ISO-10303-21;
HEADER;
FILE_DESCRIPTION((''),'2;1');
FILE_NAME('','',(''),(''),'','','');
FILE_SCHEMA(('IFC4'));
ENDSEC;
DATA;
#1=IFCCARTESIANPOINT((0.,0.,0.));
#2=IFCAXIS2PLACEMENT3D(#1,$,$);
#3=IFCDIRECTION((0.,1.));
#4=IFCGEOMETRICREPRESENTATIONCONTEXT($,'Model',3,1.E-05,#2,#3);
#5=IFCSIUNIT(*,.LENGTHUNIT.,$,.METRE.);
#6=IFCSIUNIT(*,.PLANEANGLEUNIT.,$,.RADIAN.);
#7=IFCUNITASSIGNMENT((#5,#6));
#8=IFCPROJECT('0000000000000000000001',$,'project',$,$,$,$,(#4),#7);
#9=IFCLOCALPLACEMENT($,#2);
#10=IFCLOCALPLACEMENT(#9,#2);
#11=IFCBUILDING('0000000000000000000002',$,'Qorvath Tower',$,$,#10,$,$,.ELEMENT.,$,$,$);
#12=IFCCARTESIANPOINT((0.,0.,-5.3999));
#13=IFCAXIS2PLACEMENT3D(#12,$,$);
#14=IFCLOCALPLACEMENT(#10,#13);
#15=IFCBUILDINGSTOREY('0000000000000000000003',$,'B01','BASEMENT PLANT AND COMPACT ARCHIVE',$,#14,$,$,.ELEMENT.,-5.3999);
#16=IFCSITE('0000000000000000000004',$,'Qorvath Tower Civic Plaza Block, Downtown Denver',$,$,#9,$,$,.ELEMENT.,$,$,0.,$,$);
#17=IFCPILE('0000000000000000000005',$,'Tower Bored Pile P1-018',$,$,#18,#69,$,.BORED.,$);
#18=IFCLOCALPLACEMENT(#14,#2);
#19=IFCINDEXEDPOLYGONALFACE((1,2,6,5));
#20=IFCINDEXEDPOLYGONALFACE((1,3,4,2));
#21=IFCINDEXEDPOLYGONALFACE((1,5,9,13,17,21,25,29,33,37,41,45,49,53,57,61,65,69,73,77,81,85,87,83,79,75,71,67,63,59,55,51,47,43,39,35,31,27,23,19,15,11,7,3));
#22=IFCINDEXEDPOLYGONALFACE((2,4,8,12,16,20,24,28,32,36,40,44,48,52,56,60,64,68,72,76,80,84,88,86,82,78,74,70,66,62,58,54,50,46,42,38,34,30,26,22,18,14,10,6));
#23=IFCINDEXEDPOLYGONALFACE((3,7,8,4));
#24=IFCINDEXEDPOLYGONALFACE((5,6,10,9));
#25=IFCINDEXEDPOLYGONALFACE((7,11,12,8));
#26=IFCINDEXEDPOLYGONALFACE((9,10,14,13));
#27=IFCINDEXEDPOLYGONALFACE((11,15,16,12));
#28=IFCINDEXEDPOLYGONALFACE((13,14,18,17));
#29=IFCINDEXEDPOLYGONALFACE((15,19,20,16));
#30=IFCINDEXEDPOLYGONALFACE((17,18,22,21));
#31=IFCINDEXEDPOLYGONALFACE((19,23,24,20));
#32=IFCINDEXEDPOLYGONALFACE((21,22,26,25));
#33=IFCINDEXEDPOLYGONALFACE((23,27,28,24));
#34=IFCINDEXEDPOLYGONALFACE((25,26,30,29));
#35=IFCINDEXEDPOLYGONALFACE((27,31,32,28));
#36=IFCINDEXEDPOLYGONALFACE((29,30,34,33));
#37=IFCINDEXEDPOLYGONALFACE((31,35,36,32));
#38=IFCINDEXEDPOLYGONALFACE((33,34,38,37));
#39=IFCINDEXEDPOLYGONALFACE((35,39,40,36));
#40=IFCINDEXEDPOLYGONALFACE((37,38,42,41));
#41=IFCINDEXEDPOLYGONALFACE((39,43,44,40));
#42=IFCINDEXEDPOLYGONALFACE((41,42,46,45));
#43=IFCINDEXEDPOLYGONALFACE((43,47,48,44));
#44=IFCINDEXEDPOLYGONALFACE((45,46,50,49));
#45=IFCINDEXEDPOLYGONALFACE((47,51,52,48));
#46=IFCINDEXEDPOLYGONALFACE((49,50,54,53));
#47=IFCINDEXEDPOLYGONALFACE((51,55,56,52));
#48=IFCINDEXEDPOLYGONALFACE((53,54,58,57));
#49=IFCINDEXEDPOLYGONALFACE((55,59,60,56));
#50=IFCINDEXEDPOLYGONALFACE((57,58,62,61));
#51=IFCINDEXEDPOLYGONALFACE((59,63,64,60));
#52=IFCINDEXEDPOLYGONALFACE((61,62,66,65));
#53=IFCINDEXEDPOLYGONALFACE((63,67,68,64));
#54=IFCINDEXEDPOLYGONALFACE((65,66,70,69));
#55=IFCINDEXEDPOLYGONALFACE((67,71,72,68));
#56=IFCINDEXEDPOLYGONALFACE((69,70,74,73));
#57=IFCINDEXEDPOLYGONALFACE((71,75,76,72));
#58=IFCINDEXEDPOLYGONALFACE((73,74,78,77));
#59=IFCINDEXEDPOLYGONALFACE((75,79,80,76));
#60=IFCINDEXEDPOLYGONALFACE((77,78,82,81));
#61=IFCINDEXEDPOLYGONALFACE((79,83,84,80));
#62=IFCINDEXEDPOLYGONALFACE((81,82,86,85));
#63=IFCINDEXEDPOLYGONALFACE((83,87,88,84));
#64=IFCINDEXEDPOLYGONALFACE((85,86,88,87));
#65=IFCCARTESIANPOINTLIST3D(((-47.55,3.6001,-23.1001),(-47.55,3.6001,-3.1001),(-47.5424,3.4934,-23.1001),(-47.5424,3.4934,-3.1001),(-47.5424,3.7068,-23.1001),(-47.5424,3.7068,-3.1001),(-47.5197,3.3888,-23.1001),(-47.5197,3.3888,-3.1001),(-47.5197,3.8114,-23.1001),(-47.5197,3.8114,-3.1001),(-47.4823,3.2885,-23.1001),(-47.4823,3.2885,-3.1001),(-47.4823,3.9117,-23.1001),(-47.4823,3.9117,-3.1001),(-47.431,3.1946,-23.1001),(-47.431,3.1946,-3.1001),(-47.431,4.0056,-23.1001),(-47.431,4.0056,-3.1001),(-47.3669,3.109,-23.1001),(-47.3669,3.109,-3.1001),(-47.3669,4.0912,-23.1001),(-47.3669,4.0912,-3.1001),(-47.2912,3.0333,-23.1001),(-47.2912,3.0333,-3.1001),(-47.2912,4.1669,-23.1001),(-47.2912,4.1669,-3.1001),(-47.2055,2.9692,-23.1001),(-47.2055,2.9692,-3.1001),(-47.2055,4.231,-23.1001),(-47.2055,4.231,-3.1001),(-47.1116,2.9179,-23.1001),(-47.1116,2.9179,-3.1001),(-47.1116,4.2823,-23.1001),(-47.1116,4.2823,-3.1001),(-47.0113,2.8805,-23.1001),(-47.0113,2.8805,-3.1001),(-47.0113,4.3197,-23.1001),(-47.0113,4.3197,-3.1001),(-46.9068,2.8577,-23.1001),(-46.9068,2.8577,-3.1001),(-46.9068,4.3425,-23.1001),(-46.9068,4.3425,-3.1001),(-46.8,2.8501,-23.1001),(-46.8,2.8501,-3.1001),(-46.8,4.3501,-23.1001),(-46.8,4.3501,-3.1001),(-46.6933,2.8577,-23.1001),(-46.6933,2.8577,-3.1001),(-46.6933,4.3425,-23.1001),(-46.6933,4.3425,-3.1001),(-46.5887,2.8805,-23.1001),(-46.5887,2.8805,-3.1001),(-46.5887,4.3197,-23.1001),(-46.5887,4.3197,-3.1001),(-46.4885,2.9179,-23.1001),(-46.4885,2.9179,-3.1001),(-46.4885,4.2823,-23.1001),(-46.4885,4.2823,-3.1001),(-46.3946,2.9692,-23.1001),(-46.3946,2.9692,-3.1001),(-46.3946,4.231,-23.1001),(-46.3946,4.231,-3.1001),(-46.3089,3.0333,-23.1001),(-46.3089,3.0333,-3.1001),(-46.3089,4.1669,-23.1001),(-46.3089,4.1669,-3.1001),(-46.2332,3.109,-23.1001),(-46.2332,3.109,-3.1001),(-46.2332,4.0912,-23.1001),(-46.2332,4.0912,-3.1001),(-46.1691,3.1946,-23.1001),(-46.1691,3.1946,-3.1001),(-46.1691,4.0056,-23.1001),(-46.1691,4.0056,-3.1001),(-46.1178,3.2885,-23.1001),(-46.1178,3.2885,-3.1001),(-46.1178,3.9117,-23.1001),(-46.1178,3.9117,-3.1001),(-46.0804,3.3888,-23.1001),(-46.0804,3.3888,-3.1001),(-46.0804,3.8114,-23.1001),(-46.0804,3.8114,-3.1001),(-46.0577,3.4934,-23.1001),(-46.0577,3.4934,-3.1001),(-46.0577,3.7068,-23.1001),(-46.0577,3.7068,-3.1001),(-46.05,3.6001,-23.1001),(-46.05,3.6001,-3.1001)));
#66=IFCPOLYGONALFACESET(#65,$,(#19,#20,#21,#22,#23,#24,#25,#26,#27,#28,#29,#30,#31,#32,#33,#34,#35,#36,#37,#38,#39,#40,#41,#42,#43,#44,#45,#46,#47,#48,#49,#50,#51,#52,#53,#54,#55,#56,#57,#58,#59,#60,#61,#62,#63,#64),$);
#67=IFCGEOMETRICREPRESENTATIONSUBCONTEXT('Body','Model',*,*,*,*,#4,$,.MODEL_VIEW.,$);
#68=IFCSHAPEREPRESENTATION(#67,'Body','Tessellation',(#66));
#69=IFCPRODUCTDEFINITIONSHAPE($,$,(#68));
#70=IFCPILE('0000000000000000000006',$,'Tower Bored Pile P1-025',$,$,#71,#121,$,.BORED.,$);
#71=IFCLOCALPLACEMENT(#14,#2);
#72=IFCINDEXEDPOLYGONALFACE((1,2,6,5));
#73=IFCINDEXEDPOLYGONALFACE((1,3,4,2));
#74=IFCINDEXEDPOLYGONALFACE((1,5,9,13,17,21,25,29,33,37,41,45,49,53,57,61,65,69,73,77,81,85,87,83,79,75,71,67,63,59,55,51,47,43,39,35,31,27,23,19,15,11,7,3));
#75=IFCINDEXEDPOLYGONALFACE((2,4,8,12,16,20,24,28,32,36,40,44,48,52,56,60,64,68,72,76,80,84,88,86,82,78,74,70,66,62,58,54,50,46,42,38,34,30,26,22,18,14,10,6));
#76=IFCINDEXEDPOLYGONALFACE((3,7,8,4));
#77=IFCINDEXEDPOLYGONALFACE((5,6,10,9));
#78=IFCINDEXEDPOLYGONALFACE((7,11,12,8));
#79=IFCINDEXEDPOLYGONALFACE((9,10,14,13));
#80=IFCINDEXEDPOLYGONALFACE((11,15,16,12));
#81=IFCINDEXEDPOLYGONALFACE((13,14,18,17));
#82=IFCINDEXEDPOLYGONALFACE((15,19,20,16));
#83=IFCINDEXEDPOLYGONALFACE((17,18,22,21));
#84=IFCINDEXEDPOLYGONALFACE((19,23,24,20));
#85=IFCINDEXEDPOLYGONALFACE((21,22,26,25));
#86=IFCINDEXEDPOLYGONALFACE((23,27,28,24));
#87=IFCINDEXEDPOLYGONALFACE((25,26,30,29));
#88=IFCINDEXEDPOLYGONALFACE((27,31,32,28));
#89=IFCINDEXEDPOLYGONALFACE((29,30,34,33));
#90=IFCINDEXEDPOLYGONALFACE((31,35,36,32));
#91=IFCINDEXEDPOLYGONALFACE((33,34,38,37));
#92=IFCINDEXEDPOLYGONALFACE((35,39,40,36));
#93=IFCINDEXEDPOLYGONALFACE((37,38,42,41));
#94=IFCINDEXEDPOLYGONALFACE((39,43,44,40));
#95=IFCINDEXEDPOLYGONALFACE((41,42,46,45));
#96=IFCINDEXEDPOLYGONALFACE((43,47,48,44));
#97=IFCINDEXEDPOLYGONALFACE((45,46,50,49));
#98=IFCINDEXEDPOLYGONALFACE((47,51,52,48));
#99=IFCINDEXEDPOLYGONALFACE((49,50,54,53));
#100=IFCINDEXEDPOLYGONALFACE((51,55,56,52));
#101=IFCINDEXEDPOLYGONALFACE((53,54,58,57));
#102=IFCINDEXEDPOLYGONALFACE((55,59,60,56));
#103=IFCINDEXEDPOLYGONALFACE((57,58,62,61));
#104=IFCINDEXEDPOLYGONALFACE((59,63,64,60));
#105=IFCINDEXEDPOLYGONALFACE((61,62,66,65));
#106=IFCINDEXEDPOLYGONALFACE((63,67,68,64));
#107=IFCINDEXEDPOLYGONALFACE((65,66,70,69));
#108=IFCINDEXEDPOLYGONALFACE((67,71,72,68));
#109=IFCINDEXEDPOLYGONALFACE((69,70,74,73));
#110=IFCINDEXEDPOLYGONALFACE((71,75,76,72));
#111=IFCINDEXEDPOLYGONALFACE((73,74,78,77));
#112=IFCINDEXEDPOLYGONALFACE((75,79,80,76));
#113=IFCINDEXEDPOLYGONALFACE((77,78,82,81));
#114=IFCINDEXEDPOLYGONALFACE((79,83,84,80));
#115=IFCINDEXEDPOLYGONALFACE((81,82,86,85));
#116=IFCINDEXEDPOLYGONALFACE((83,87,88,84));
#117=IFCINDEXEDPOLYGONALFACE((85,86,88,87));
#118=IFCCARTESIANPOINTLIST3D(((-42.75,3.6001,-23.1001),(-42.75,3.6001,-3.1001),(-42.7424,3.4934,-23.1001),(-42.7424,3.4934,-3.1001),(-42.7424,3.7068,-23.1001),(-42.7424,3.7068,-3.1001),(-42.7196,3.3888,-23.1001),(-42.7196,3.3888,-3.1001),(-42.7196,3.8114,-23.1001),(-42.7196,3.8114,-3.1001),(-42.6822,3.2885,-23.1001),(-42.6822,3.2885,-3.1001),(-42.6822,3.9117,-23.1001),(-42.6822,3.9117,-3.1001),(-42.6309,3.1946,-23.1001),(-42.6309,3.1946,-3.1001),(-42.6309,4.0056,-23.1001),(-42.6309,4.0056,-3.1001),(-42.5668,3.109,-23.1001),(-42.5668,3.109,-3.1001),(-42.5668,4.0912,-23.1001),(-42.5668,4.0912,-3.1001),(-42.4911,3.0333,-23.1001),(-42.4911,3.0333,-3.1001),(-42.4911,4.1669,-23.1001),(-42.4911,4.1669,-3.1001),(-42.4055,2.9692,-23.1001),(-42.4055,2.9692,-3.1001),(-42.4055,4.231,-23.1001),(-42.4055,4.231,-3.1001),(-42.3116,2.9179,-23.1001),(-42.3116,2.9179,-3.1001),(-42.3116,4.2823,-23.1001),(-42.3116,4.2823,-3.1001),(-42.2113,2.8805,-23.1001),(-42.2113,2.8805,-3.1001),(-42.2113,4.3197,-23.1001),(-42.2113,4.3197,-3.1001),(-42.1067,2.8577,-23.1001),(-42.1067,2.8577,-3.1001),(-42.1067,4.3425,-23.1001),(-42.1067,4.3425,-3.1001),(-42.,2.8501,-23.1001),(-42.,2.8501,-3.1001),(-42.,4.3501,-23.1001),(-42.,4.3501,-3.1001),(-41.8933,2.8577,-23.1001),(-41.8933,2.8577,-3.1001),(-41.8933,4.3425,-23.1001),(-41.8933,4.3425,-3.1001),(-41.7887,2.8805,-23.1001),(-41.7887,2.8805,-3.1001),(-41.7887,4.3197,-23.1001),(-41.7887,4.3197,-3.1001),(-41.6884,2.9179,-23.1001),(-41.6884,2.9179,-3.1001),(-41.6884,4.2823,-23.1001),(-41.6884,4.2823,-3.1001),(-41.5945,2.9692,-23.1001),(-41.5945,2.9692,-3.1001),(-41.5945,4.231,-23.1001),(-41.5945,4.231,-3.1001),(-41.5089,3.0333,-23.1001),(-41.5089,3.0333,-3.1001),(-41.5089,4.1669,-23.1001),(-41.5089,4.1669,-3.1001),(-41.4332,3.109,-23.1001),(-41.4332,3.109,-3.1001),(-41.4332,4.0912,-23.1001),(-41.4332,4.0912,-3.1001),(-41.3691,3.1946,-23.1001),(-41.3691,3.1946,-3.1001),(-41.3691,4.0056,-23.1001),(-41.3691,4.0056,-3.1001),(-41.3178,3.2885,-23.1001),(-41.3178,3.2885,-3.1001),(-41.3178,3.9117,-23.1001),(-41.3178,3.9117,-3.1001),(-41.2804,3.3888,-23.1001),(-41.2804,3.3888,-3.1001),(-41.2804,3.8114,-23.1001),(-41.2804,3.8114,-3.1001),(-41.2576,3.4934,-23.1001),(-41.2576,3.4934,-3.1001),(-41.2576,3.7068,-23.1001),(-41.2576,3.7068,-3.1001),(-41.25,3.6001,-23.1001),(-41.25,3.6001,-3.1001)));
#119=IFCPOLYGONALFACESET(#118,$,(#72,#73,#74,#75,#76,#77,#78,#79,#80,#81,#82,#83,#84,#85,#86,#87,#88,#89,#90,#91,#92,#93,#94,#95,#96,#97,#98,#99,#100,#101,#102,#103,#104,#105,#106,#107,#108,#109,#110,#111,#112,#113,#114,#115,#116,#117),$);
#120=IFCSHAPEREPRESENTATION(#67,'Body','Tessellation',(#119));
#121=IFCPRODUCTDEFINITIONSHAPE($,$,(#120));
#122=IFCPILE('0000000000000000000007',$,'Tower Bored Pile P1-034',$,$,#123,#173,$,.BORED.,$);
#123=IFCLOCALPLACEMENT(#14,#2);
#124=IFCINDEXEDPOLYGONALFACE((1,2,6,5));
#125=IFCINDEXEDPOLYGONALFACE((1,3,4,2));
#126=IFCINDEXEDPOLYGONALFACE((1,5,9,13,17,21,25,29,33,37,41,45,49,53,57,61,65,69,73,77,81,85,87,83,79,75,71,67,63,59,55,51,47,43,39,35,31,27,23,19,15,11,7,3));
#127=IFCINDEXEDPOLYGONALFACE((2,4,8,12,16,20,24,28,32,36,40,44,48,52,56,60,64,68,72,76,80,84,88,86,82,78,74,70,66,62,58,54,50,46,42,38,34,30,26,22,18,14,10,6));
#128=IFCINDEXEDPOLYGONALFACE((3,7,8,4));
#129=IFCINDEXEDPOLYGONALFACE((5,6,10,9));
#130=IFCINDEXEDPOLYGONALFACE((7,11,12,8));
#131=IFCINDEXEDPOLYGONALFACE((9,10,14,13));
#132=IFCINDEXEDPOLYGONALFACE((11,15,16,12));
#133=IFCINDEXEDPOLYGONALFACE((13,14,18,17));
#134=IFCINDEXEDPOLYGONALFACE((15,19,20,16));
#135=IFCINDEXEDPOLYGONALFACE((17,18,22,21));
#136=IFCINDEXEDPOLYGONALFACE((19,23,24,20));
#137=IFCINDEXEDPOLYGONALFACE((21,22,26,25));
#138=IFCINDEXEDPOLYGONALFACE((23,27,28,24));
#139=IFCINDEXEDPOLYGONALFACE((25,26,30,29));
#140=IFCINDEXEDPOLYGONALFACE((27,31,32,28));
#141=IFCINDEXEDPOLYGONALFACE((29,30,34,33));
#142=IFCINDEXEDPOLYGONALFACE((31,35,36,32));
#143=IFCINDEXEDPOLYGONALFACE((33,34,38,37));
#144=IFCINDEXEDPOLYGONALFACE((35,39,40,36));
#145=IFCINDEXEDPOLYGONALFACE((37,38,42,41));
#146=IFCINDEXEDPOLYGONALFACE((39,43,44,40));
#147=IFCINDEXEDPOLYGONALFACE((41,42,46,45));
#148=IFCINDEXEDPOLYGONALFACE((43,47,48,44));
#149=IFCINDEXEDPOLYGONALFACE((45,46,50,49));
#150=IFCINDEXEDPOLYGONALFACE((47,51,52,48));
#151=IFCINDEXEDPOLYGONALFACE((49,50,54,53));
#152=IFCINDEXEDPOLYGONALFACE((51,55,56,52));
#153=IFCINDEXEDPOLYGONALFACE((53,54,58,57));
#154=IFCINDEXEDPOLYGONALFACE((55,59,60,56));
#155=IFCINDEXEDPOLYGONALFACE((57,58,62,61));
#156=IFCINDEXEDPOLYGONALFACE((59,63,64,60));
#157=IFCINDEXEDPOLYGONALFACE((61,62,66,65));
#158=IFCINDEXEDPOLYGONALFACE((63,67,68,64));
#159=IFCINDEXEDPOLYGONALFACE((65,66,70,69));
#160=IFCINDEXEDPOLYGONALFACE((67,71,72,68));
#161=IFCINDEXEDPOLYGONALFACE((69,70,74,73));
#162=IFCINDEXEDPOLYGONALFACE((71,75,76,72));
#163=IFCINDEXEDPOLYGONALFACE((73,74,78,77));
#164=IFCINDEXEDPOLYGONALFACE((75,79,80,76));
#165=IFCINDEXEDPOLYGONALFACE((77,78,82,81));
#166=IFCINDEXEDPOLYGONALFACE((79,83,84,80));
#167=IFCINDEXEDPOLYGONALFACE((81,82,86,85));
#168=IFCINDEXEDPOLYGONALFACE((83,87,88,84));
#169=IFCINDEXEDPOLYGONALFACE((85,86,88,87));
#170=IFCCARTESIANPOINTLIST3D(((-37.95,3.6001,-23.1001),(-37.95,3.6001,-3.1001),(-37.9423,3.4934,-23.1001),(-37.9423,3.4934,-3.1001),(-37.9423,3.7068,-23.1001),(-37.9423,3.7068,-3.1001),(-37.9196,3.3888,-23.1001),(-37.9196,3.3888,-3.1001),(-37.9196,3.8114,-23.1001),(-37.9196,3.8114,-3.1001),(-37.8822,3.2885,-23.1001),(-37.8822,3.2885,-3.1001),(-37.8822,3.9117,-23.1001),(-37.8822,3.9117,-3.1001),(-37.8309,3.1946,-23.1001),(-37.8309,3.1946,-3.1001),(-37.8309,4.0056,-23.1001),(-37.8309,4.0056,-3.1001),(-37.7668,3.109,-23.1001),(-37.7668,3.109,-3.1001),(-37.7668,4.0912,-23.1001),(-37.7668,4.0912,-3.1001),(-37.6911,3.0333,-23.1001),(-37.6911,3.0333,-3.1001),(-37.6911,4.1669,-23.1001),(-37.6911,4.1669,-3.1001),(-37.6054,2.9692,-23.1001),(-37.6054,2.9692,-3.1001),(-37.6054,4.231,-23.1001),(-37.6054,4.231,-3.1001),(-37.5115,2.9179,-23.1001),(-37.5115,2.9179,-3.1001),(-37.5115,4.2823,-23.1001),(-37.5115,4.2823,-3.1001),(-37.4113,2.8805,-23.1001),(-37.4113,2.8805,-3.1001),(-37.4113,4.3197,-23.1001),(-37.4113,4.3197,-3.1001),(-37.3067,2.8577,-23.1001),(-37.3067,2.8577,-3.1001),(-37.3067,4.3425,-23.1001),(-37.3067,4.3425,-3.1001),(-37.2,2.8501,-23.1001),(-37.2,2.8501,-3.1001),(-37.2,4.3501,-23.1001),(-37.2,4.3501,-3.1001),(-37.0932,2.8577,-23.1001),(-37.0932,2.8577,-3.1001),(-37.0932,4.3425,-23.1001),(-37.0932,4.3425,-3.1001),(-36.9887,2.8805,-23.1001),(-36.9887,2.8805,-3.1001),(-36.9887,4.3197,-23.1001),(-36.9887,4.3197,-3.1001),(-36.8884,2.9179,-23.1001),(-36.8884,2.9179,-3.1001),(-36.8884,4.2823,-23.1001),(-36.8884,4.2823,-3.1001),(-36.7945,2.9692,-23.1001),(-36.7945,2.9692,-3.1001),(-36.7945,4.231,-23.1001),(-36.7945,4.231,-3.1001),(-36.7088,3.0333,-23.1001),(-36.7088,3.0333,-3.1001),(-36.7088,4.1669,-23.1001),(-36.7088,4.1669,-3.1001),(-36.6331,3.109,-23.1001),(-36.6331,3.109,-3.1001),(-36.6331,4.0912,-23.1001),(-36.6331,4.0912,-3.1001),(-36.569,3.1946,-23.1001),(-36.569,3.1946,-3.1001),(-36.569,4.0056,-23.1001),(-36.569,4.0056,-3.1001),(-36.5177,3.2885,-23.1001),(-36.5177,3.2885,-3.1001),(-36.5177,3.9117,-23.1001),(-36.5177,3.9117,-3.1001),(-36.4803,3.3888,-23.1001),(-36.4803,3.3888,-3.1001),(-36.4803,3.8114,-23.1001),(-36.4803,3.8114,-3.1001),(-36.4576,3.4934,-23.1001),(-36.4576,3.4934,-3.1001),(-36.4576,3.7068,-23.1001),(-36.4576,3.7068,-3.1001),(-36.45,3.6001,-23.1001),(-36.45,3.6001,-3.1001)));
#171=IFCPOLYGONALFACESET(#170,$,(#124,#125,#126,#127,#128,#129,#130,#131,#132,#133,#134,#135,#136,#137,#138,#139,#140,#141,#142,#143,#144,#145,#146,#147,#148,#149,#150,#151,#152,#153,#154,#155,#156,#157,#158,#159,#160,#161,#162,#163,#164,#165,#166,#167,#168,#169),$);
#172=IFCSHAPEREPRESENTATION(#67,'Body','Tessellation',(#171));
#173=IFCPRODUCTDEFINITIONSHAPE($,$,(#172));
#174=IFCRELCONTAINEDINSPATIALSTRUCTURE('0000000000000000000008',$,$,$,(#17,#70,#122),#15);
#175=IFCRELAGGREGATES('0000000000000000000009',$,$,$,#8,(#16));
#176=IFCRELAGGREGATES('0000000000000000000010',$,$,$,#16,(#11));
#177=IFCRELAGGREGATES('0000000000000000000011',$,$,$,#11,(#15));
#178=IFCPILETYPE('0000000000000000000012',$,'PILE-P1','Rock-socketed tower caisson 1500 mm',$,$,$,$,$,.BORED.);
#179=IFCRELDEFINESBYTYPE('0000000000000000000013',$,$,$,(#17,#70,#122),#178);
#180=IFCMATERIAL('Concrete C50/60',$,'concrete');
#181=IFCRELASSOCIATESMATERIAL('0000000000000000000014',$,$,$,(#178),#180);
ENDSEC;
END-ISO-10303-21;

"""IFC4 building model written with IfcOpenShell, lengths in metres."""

from ifc_helpers import new_model, si_unit, direction, frame, origin, origin_2d, place, context, subcontext, project, spatial, circle, extrude, material, material_profile, profile_set, type_object, element, save


model = new_model("IFC4")

# Units and contexts
model_context = context("Model", 3, precision=1e-05, world=origin(), true_north=direction((0.0, 1.0)))
body_context = subcontext(model_context, "Body", "Model", "MODEL_VIEW")
ifc_project = project(units=[si_unit("LENGTHUNIT", "METRE"), si_unit("PLANEANGLEUNIT", "RADIAN")], contexts=[model_context])

# Site, building, storey
site_placement = place(None, origin())
site = spatial("IfcSite", under=ifc_project, at=site_placement, Name="Qorvath Tower Civic Plaza Block, Downtown Denver", CompositionType="ELEMENT", RefElevation=0.0)
building_placement = place(site_placement, origin())
building = spatial("IfcBuilding", under=site, at=building_placement, Name="Qorvath Tower", CompositionType="ELEMENT")
storey_placement = place(building_placement, frame((0.0, 0.0, -5.3999)))
storey = spatial("IfcBuildingStorey", under=building, at=storey_placement, Name="B01", Description="BASEMENT PLANT AND COMPACT ARCHIVE", CompositionType="ELEMENT", Elevation=-5.3999)

# Piles
ifc_material_1 = material(Name="Concrete C50/60", Category="concrete")
ifc_material_profile_1 = material_profile(ifc_material_1, circle(Radius=0.75, at=origin_2d()), Name="BORED PILE 1500")
ifc_profile_set_1 = profile_set([ifc_material_profile_1], Name="Concrete C50/60")
pile_type = type_object("IfcPileType", Name="PILE-P1", Description="Rock-socketed tower caisson 1500 mm", PredefinedType="BORED", material=ifc_profile_set_1)
for number, where, z_axis, x_axis, name in (
    (1, (-46.8, 3.6001, -3.1001), (0.0, 0.0, -1.0), (1.0, 0.0, 0.0), "Tower Bored Pile P1-018"),
    (2, (-42.0, 3.6001, -3.1001), (0.0, 0.0, -1.0), (1.0, 0.0, 0.0), "Tower Bored Pile P1-025"),
    (3, (-37.2, 3.6001, -3.1001), (0.0, 0.0, -1.0), (1.0, 0.0, 0.0), "Tower Bored Pile P1-034"),
):
    element("IfcPile", number, at=place(storey_placement, frame(where, z_axis=z_axis, x_axis=x_axis)), inside=storey, type_object=pile_type, Name=name, PredefinedType="BORED", context=body_context, shape_type="SweptSolid", body=[
        extrude(circle(Radius=0.75, at=origin_2d()), origin(), (0.0, 0.0, 1.0), 20.0),
    ])

save(model, "model.ifc")
